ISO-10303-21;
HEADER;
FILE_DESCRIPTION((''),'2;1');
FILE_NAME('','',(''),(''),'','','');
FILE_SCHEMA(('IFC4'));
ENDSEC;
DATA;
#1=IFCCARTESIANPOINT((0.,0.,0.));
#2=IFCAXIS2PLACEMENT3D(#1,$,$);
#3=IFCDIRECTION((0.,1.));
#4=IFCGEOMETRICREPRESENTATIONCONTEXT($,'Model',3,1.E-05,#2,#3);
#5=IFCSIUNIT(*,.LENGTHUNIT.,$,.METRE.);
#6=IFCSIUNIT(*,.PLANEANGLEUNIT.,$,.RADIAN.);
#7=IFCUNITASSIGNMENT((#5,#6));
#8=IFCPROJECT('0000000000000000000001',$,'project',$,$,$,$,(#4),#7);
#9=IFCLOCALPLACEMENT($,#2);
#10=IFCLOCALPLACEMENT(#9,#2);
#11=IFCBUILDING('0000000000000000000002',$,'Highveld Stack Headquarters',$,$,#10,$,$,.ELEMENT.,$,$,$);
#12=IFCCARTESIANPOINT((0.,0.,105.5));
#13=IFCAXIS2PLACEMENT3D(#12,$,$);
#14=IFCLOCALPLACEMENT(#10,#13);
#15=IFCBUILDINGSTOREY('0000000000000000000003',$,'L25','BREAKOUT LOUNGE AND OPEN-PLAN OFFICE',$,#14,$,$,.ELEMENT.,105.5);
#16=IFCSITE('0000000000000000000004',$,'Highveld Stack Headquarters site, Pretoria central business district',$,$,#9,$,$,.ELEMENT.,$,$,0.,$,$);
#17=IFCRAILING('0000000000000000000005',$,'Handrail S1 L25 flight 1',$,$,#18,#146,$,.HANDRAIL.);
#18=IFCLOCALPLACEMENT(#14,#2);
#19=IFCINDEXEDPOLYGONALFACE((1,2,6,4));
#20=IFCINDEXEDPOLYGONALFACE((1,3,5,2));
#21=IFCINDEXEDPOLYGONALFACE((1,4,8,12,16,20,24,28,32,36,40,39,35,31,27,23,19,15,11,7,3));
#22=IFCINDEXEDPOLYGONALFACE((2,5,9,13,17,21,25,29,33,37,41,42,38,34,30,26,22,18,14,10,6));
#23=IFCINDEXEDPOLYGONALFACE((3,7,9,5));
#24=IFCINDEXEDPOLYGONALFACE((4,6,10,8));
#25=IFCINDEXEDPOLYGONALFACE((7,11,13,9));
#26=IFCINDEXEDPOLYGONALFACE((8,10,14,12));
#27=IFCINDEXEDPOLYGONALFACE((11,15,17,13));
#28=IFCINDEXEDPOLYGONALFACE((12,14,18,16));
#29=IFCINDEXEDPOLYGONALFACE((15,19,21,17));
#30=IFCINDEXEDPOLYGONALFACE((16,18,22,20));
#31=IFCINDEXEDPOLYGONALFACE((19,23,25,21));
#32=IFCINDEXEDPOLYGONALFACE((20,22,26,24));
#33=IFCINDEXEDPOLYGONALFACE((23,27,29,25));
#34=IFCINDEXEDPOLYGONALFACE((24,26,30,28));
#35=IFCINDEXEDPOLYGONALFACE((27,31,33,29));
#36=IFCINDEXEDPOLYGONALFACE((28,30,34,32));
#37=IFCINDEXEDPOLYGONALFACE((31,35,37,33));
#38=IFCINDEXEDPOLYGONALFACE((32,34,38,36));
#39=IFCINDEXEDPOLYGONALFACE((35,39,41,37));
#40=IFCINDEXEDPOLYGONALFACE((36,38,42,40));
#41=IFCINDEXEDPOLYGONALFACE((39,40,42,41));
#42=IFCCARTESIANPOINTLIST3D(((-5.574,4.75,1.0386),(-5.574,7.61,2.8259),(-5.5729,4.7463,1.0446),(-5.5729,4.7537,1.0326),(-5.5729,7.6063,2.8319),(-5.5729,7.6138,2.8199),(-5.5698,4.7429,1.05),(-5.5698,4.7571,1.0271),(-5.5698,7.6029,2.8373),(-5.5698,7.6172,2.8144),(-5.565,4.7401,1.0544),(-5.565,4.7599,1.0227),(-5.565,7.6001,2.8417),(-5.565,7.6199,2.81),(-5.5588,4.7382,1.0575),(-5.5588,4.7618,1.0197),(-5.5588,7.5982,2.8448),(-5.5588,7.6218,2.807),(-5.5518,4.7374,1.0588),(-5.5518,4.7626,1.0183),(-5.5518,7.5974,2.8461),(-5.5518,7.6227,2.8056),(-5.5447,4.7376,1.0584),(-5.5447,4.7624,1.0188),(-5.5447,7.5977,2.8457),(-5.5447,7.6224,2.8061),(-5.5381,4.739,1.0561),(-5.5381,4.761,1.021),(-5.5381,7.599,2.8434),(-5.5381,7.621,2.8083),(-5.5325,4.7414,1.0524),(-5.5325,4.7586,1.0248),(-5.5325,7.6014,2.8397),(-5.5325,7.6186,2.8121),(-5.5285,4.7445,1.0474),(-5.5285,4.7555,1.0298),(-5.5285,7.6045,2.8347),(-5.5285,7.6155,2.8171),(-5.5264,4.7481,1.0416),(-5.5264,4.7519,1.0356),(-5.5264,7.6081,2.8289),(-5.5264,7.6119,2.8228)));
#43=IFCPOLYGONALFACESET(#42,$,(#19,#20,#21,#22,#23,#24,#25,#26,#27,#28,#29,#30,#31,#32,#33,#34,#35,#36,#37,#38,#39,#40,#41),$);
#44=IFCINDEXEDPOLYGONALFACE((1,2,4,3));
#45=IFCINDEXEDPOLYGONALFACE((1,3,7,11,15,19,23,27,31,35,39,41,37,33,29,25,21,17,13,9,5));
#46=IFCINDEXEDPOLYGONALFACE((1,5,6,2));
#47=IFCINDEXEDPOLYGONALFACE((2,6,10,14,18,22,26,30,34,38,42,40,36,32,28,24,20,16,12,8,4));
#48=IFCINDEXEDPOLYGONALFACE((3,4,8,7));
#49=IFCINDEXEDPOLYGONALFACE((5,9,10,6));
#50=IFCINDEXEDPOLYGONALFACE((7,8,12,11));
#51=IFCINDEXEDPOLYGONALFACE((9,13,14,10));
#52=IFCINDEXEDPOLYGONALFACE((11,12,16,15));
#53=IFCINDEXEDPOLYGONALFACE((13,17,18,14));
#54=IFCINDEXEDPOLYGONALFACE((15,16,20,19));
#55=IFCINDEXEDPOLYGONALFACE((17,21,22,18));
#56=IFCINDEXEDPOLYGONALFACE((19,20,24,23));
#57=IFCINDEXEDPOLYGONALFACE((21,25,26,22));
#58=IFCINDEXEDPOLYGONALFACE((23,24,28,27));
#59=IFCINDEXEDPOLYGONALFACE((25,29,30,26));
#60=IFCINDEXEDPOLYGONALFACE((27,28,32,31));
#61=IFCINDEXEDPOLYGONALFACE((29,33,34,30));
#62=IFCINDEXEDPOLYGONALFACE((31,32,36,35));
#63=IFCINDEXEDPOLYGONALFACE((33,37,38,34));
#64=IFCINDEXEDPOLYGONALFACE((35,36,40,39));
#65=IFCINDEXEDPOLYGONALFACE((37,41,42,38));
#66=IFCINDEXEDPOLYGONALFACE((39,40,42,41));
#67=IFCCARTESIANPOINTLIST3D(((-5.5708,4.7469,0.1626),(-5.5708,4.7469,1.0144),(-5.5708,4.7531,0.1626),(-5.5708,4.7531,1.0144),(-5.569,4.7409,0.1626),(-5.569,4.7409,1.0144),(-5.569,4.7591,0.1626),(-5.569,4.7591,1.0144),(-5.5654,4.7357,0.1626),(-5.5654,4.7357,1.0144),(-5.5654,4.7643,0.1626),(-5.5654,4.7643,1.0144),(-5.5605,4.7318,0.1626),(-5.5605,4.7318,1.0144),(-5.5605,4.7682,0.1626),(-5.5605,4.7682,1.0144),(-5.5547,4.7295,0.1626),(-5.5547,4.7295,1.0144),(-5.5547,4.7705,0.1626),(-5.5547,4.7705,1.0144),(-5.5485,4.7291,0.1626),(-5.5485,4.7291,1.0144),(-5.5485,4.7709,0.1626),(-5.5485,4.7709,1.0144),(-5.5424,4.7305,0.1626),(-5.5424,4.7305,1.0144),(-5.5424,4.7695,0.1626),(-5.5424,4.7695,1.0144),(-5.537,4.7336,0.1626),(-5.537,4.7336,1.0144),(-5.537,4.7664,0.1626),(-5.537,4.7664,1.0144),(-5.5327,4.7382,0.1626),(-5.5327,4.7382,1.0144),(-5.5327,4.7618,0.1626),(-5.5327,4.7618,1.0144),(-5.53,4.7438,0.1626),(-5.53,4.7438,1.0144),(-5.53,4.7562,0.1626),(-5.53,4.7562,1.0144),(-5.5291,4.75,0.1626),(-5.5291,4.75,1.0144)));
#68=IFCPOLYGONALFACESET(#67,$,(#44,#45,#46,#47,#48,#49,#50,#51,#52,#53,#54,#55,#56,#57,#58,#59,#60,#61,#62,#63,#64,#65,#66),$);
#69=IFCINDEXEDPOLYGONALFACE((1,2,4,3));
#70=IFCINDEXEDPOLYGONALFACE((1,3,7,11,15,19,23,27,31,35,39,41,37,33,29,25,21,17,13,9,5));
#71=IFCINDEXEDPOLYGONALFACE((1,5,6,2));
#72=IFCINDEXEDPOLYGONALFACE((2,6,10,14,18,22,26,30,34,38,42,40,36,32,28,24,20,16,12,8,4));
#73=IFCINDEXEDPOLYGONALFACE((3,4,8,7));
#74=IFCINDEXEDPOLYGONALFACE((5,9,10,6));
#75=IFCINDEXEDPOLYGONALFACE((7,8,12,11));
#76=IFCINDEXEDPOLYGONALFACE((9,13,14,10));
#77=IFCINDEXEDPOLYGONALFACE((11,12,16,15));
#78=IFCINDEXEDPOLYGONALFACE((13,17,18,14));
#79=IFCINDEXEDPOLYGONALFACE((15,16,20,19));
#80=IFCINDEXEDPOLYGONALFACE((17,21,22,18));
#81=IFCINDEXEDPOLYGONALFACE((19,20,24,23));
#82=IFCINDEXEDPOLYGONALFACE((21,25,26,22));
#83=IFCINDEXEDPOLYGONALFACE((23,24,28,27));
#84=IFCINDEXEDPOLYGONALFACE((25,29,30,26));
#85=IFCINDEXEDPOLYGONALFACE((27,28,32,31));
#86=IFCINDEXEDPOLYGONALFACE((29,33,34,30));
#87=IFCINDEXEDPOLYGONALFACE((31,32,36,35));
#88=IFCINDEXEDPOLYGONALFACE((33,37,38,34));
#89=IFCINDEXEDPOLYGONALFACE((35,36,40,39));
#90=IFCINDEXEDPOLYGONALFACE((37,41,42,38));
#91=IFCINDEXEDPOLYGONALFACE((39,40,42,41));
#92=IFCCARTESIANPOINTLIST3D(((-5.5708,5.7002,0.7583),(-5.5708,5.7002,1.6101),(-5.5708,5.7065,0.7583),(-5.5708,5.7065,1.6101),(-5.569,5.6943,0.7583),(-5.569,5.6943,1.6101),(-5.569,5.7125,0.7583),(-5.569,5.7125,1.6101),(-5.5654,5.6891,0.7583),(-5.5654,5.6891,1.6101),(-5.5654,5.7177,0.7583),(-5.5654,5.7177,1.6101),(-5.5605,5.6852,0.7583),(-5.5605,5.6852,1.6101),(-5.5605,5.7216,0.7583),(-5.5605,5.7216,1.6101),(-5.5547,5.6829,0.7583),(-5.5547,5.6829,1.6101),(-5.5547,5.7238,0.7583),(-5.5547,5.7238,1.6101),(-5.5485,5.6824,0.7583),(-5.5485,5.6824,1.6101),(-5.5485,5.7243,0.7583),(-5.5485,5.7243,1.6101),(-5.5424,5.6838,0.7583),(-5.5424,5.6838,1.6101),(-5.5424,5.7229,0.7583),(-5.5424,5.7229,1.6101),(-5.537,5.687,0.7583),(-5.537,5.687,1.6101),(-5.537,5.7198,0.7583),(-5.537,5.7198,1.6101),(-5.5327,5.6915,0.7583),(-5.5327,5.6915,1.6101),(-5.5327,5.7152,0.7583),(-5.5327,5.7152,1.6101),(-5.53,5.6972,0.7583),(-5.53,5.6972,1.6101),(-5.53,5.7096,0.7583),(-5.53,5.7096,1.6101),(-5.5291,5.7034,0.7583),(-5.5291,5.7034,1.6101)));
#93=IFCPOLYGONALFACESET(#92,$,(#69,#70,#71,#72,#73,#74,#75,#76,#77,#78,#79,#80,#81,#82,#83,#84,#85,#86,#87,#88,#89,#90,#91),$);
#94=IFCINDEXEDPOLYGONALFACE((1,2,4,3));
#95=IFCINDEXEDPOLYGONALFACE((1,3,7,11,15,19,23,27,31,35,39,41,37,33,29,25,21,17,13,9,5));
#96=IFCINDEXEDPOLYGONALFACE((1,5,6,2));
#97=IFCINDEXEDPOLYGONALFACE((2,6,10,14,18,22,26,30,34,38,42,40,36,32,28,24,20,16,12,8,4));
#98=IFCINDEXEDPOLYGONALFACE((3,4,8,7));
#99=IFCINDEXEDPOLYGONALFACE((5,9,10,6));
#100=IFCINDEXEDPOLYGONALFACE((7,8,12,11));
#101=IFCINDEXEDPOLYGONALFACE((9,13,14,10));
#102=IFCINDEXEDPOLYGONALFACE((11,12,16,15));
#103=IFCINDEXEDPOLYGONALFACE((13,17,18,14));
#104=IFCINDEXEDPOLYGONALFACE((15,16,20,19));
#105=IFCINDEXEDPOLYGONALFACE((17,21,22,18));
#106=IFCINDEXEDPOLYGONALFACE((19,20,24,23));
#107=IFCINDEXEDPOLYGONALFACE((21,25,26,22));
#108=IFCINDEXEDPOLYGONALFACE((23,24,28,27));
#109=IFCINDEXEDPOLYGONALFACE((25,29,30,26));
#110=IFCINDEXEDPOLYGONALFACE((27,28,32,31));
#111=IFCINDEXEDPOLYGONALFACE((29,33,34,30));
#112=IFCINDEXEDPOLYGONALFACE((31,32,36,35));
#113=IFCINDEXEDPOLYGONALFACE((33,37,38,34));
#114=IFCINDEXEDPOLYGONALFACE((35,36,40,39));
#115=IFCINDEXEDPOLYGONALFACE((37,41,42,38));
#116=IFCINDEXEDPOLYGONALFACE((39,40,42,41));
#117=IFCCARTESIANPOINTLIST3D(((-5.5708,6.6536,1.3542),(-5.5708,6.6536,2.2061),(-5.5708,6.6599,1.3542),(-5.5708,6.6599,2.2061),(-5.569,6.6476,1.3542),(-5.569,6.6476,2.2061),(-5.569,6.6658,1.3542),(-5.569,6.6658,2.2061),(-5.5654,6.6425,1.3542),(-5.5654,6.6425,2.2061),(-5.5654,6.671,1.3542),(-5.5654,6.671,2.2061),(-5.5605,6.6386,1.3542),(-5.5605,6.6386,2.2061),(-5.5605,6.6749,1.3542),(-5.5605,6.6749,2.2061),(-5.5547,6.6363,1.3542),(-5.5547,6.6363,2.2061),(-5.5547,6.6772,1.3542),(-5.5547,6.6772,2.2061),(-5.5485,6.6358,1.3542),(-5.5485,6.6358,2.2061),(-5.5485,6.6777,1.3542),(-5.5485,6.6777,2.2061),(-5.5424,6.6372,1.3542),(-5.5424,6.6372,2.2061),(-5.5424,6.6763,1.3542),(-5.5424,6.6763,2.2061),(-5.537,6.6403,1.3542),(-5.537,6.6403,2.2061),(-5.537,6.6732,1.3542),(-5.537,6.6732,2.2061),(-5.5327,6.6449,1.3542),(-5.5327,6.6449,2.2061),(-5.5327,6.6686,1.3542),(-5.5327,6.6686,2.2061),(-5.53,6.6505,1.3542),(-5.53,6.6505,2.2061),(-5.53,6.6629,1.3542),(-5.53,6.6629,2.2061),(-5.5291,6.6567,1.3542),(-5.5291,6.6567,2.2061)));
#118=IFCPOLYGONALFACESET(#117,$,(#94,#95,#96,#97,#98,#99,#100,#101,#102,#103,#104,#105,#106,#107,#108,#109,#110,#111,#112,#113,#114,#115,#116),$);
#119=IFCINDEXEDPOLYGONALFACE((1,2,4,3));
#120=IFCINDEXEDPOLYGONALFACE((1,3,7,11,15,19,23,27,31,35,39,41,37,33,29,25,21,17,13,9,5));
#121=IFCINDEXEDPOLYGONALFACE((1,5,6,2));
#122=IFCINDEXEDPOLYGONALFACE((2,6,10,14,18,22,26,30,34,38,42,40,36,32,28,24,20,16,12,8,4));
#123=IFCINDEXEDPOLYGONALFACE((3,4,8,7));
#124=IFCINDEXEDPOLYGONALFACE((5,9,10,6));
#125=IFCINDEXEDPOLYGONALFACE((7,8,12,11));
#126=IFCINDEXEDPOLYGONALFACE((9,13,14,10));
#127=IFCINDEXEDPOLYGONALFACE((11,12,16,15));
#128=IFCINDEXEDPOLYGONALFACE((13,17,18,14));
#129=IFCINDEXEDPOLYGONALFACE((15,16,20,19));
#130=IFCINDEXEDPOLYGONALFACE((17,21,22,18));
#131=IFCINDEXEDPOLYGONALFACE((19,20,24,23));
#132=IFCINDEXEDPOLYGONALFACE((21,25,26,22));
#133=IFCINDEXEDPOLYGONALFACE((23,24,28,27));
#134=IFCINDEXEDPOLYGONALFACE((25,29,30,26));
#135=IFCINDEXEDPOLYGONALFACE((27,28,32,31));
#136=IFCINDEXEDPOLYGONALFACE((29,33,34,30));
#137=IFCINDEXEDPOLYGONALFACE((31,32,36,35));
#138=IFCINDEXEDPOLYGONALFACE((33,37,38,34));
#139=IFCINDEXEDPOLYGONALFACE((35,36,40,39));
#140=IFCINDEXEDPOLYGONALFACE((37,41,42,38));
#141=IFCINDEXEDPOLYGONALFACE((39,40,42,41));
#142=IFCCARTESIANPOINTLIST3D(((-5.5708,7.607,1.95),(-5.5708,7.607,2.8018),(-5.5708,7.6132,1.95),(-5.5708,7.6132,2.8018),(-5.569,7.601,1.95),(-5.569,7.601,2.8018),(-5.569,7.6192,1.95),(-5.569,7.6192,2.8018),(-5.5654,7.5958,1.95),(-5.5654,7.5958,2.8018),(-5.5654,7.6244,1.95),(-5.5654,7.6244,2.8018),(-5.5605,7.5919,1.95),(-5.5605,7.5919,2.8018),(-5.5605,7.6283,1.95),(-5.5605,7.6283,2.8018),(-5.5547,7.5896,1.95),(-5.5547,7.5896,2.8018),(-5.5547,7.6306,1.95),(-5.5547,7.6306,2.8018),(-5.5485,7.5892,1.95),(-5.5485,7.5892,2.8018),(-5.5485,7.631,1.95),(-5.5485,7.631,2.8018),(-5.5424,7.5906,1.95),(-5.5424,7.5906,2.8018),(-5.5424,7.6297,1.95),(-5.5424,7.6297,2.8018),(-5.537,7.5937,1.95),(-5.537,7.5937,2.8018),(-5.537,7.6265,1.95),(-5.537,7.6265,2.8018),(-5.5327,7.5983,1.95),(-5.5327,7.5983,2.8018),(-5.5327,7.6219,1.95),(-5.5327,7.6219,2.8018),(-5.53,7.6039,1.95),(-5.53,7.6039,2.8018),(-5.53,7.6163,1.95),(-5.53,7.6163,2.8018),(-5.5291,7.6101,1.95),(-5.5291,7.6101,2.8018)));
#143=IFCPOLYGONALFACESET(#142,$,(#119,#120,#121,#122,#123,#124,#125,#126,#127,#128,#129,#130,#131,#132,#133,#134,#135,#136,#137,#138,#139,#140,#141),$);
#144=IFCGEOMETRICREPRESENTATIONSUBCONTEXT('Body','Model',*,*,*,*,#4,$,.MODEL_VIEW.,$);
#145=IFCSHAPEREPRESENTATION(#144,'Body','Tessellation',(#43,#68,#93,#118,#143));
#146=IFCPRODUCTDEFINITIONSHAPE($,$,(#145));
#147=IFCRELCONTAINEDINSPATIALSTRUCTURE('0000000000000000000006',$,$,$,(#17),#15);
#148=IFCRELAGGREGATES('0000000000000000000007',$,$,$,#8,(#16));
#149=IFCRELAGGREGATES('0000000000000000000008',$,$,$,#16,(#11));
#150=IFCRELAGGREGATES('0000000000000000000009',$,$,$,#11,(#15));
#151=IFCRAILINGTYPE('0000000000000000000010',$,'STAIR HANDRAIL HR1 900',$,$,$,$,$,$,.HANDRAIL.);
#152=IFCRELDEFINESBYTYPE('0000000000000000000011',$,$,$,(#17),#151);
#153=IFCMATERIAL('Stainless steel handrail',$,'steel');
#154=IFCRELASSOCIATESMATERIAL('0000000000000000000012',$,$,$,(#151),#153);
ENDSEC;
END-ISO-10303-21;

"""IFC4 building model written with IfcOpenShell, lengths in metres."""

from ifc_helpers import new_model, si_unit, direction, frame, origin, origin_2d, place, context, subcontext, project, spatial, circle, extrude, material, type_object, element, save


model = new_model("IFC4")

# Units and contexts
model_context = context("Model", 3, precision=1e-05, world=origin(), true_north=direction((0.0, 1.0)))
body_context = subcontext(model_context, "Body", "Model", "MODEL_VIEW")
ifc_project = project(units=[si_unit("LENGTHUNIT", "METRE"), si_unit("PLANEANGLEUNIT", "RADIAN")], contexts=[model_context])

# Site, building, storey
site_placement = place(None, origin())
site = spatial("IfcSite", under=ifc_project, at=site_placement, Name="Highveld Stack Headquarters site, Pretoria central business district", CompositionType="ELEMENT", RefElevation=0.0)
building_placement = place(site_placement, origin())
building = spatial("IfcBuilding", under=site, at=building_placement, Name="Highveld Stack Headquarters", CompositionType="ELEMENT")
storey_placement = place(building_placement, frame((0.0, 0.0, 105.5)))
storey = spatial("IfcBuildingStorey", under=building, at=storey_placement, Name="L25", Description="BREAKOUT LOUNGE AND OPEN-PLAN OFFICE", CompositionType="ELEMENT", Elevation=105.5)

# Railing
ifc_material_1 = material(Name="Stainless steel handrail", Category="steel")
railing_type = type_object("IfcRailingType", Name="STAIR HANDRAIL HR1 900", PredefinedType="HANDRAIL", material=ifc_material_1)
for number, where, name in (
    (1, (-5.55, 4.75, 0.1626), "Handrail S1 L25 flight 1"),
):
    element("IfcRailing", number, at=place(storey_placement, frame(where)), inside=storey, type_object=railing_type, Name=name, PredefinedType="HANDRAIL", context=body_context, shape_type="SweptSolid", body=[
        extrude(circle(Radius=0.0239, at=origin_2d()), frame((0.0, 0.0, 0.876), z_axis=(0.0, 0.848027, 0.529953), x_axis=(-1.0, 0.0, 0.0)), (0.0, 0.0, 1.0), 3.3726),
        extrude(circle(Radius=0.021, at=origin_2d()), origin(), (0.0, 0.0, 1.0), 0.8518),
        extrude(circle(Radius=0.021, at=origin_2d()), frame((0.0, 0.9534, 0.5957)), (0.0, 0.0, 1.0), 0.8518),
        extrude(circle(Radius=0.021, at=origin_2d()), frame((0.0, 1.9067, 1.1917)), (0.0, 0.0, 1.0), 0.8518),
        extrude(circle(Radius=0.021, at=origin_2d()), frame((0.0, 2.8601, 1.7874)), (0.0, 0.0, 1.0), 0.8518),
    ])

save(model, "model.ifc")
